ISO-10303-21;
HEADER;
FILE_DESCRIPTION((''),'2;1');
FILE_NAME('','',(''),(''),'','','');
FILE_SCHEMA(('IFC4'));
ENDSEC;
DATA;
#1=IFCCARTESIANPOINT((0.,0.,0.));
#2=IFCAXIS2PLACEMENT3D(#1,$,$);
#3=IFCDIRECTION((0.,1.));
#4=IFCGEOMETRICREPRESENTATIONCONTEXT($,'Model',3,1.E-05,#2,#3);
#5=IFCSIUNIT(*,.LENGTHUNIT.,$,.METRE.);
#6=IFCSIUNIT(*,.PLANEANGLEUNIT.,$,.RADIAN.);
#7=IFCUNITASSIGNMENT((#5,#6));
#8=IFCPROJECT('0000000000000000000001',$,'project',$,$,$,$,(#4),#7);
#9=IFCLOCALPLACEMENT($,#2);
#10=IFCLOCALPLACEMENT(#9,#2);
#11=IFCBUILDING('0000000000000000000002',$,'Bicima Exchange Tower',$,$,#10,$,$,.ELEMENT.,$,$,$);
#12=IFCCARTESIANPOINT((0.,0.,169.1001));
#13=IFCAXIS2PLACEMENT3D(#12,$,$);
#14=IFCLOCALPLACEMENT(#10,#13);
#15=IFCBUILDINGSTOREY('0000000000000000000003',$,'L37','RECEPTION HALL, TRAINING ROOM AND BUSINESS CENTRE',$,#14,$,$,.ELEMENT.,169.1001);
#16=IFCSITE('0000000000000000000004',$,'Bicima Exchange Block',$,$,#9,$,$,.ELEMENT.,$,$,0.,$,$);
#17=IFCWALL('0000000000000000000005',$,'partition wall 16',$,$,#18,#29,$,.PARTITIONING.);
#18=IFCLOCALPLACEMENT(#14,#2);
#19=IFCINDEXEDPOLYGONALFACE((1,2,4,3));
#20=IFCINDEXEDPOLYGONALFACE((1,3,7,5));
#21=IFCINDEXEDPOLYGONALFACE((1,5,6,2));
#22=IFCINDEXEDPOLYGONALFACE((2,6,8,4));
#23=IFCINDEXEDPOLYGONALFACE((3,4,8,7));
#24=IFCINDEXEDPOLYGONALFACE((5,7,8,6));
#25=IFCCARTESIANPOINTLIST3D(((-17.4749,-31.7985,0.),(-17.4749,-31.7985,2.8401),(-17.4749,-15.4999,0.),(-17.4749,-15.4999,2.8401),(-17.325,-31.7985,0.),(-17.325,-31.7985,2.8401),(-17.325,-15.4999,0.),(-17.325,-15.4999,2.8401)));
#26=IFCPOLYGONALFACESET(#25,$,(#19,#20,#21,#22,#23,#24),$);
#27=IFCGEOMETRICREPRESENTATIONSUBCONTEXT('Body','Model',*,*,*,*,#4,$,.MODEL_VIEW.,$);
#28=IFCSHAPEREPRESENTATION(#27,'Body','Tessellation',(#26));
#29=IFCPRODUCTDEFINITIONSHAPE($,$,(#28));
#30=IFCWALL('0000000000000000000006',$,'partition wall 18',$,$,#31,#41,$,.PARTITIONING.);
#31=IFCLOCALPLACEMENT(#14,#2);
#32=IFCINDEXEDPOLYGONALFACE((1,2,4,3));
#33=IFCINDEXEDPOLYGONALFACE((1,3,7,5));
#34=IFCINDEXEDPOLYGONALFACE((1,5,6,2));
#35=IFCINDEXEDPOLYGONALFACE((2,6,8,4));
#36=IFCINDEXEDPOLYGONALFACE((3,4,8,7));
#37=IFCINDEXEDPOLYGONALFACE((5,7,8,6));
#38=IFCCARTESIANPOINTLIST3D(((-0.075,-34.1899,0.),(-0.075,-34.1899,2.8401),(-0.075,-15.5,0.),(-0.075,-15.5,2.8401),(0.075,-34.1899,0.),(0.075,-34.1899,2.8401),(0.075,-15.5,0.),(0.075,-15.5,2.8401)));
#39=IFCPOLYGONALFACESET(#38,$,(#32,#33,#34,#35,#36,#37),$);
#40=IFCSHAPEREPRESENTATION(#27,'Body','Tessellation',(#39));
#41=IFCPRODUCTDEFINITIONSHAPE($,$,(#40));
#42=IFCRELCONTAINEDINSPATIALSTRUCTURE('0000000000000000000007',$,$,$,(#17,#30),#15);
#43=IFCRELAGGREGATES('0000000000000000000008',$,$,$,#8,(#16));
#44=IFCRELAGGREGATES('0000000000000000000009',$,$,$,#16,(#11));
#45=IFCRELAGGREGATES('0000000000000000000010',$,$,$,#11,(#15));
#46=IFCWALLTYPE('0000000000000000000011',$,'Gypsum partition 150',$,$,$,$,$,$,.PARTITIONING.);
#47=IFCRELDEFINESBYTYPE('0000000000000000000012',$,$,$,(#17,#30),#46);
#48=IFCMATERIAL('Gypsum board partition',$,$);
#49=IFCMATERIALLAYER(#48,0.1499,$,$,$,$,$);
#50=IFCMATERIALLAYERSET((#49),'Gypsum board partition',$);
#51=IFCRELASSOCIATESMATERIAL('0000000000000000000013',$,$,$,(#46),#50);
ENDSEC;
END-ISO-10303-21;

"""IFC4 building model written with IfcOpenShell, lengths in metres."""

from ifc_helpers import new_model, si_unit, direction, frame, frame_2d, origin, place, context, subcontext, project, spatial, rectangle, extrude, material, layer, layer_set, type_object, element, save


model = new_model("IFC4")

# Units and contexts
model_context = context("Model", 3, precision=1e-05, world=origin(), true_north=direction((0.0, 1.0)))
body_context = subcontext(model_context, "Body", "Model", "MODEL_VIEW")
ifc_project = project(units=[si_unit("LENGTHUNIT", "METRE"), si_unit("PLANEANGLEUNIT", "RADIAN")], contexts=[model_context])

# Site, building, storey
site_placement = place(None, origin())
site = spatial("IfcSite", under=ifc_project, at=site_placement, Name="Bicima Exchange Block", CompositionType="ELEMENT", RefElevation=0.0)
building_placement = place(site_placement, origin())
building = spatial("IfcBuilding", under=site, at=building_placement, Name="Bicima Exchange Tower", CompositionType="ELEMENT")
storey_placement = place(building_placement, frame((0.0, 0.0, 169.1001)))
storey = spatial("IfcBuildingStorey", under=building, at=storey_placement, Name="L37", Description="RECEPTION HALL, TRAINING ROOM AND BUSINESS CENTRE", CompositionType="ELEMENT", Elevation=169.1001)

# Walls
ifc_material_1 = material(Name="Gypsum board partition")
ifc_layer_1 = layer(ifc_material_1, 0.1499)
ifc_layer_set_1 = layer_set([ifc_layer_1], Name="Gypsum board partition")
wall_type = type_object("IfcWallType", Name="Gypsum partition 150", PredefinedType="PARTITIONING", material=ifc_layer_set_1)
wall_1_placement = place(storey_placement, frame((-17.3999, -31.7986, 0.0), z_axis=(0.0, 0.0, 1.0), x_axis=(0.0, 1.0, 0.0)))
element("IfcWall", 1, at=wall_1_placement, inside=storey, type_object=wall_type, Name="partition wall 16", PredefinedType="PARTITIONING", context=body_context, shape_type="SweptSolid", body=[
    extrude(rectangle(XDim=16.2986, YDim=0.1499, at=frame_2d((8.1494, 0.0))), origin(), (0.0, 0.0, 1.0), 2.8401),
])
wall_2_placement = place(storey_placement, frame((0.0, -34.1899, 0.0), z_axis=(0.0, 0.0, 1.0), x_axis=(0.0, 1.0, 0.0)))
element("IfcWall", 2, at=wall_2_placement, inside=storey, type_object=wall_type, Name="partition wall 18", PredefinedType="PARTITIONING", context=body_context, shape_type="SweptSolid", body=[
    extrude(rectangle(XDim=18.6899, YDim=0.1499, at=frame_2d((9.345, 0.0))), origin(), (0.0, 0.0, 1.0), 2.8401),
])

save(model, "model.ifc")
